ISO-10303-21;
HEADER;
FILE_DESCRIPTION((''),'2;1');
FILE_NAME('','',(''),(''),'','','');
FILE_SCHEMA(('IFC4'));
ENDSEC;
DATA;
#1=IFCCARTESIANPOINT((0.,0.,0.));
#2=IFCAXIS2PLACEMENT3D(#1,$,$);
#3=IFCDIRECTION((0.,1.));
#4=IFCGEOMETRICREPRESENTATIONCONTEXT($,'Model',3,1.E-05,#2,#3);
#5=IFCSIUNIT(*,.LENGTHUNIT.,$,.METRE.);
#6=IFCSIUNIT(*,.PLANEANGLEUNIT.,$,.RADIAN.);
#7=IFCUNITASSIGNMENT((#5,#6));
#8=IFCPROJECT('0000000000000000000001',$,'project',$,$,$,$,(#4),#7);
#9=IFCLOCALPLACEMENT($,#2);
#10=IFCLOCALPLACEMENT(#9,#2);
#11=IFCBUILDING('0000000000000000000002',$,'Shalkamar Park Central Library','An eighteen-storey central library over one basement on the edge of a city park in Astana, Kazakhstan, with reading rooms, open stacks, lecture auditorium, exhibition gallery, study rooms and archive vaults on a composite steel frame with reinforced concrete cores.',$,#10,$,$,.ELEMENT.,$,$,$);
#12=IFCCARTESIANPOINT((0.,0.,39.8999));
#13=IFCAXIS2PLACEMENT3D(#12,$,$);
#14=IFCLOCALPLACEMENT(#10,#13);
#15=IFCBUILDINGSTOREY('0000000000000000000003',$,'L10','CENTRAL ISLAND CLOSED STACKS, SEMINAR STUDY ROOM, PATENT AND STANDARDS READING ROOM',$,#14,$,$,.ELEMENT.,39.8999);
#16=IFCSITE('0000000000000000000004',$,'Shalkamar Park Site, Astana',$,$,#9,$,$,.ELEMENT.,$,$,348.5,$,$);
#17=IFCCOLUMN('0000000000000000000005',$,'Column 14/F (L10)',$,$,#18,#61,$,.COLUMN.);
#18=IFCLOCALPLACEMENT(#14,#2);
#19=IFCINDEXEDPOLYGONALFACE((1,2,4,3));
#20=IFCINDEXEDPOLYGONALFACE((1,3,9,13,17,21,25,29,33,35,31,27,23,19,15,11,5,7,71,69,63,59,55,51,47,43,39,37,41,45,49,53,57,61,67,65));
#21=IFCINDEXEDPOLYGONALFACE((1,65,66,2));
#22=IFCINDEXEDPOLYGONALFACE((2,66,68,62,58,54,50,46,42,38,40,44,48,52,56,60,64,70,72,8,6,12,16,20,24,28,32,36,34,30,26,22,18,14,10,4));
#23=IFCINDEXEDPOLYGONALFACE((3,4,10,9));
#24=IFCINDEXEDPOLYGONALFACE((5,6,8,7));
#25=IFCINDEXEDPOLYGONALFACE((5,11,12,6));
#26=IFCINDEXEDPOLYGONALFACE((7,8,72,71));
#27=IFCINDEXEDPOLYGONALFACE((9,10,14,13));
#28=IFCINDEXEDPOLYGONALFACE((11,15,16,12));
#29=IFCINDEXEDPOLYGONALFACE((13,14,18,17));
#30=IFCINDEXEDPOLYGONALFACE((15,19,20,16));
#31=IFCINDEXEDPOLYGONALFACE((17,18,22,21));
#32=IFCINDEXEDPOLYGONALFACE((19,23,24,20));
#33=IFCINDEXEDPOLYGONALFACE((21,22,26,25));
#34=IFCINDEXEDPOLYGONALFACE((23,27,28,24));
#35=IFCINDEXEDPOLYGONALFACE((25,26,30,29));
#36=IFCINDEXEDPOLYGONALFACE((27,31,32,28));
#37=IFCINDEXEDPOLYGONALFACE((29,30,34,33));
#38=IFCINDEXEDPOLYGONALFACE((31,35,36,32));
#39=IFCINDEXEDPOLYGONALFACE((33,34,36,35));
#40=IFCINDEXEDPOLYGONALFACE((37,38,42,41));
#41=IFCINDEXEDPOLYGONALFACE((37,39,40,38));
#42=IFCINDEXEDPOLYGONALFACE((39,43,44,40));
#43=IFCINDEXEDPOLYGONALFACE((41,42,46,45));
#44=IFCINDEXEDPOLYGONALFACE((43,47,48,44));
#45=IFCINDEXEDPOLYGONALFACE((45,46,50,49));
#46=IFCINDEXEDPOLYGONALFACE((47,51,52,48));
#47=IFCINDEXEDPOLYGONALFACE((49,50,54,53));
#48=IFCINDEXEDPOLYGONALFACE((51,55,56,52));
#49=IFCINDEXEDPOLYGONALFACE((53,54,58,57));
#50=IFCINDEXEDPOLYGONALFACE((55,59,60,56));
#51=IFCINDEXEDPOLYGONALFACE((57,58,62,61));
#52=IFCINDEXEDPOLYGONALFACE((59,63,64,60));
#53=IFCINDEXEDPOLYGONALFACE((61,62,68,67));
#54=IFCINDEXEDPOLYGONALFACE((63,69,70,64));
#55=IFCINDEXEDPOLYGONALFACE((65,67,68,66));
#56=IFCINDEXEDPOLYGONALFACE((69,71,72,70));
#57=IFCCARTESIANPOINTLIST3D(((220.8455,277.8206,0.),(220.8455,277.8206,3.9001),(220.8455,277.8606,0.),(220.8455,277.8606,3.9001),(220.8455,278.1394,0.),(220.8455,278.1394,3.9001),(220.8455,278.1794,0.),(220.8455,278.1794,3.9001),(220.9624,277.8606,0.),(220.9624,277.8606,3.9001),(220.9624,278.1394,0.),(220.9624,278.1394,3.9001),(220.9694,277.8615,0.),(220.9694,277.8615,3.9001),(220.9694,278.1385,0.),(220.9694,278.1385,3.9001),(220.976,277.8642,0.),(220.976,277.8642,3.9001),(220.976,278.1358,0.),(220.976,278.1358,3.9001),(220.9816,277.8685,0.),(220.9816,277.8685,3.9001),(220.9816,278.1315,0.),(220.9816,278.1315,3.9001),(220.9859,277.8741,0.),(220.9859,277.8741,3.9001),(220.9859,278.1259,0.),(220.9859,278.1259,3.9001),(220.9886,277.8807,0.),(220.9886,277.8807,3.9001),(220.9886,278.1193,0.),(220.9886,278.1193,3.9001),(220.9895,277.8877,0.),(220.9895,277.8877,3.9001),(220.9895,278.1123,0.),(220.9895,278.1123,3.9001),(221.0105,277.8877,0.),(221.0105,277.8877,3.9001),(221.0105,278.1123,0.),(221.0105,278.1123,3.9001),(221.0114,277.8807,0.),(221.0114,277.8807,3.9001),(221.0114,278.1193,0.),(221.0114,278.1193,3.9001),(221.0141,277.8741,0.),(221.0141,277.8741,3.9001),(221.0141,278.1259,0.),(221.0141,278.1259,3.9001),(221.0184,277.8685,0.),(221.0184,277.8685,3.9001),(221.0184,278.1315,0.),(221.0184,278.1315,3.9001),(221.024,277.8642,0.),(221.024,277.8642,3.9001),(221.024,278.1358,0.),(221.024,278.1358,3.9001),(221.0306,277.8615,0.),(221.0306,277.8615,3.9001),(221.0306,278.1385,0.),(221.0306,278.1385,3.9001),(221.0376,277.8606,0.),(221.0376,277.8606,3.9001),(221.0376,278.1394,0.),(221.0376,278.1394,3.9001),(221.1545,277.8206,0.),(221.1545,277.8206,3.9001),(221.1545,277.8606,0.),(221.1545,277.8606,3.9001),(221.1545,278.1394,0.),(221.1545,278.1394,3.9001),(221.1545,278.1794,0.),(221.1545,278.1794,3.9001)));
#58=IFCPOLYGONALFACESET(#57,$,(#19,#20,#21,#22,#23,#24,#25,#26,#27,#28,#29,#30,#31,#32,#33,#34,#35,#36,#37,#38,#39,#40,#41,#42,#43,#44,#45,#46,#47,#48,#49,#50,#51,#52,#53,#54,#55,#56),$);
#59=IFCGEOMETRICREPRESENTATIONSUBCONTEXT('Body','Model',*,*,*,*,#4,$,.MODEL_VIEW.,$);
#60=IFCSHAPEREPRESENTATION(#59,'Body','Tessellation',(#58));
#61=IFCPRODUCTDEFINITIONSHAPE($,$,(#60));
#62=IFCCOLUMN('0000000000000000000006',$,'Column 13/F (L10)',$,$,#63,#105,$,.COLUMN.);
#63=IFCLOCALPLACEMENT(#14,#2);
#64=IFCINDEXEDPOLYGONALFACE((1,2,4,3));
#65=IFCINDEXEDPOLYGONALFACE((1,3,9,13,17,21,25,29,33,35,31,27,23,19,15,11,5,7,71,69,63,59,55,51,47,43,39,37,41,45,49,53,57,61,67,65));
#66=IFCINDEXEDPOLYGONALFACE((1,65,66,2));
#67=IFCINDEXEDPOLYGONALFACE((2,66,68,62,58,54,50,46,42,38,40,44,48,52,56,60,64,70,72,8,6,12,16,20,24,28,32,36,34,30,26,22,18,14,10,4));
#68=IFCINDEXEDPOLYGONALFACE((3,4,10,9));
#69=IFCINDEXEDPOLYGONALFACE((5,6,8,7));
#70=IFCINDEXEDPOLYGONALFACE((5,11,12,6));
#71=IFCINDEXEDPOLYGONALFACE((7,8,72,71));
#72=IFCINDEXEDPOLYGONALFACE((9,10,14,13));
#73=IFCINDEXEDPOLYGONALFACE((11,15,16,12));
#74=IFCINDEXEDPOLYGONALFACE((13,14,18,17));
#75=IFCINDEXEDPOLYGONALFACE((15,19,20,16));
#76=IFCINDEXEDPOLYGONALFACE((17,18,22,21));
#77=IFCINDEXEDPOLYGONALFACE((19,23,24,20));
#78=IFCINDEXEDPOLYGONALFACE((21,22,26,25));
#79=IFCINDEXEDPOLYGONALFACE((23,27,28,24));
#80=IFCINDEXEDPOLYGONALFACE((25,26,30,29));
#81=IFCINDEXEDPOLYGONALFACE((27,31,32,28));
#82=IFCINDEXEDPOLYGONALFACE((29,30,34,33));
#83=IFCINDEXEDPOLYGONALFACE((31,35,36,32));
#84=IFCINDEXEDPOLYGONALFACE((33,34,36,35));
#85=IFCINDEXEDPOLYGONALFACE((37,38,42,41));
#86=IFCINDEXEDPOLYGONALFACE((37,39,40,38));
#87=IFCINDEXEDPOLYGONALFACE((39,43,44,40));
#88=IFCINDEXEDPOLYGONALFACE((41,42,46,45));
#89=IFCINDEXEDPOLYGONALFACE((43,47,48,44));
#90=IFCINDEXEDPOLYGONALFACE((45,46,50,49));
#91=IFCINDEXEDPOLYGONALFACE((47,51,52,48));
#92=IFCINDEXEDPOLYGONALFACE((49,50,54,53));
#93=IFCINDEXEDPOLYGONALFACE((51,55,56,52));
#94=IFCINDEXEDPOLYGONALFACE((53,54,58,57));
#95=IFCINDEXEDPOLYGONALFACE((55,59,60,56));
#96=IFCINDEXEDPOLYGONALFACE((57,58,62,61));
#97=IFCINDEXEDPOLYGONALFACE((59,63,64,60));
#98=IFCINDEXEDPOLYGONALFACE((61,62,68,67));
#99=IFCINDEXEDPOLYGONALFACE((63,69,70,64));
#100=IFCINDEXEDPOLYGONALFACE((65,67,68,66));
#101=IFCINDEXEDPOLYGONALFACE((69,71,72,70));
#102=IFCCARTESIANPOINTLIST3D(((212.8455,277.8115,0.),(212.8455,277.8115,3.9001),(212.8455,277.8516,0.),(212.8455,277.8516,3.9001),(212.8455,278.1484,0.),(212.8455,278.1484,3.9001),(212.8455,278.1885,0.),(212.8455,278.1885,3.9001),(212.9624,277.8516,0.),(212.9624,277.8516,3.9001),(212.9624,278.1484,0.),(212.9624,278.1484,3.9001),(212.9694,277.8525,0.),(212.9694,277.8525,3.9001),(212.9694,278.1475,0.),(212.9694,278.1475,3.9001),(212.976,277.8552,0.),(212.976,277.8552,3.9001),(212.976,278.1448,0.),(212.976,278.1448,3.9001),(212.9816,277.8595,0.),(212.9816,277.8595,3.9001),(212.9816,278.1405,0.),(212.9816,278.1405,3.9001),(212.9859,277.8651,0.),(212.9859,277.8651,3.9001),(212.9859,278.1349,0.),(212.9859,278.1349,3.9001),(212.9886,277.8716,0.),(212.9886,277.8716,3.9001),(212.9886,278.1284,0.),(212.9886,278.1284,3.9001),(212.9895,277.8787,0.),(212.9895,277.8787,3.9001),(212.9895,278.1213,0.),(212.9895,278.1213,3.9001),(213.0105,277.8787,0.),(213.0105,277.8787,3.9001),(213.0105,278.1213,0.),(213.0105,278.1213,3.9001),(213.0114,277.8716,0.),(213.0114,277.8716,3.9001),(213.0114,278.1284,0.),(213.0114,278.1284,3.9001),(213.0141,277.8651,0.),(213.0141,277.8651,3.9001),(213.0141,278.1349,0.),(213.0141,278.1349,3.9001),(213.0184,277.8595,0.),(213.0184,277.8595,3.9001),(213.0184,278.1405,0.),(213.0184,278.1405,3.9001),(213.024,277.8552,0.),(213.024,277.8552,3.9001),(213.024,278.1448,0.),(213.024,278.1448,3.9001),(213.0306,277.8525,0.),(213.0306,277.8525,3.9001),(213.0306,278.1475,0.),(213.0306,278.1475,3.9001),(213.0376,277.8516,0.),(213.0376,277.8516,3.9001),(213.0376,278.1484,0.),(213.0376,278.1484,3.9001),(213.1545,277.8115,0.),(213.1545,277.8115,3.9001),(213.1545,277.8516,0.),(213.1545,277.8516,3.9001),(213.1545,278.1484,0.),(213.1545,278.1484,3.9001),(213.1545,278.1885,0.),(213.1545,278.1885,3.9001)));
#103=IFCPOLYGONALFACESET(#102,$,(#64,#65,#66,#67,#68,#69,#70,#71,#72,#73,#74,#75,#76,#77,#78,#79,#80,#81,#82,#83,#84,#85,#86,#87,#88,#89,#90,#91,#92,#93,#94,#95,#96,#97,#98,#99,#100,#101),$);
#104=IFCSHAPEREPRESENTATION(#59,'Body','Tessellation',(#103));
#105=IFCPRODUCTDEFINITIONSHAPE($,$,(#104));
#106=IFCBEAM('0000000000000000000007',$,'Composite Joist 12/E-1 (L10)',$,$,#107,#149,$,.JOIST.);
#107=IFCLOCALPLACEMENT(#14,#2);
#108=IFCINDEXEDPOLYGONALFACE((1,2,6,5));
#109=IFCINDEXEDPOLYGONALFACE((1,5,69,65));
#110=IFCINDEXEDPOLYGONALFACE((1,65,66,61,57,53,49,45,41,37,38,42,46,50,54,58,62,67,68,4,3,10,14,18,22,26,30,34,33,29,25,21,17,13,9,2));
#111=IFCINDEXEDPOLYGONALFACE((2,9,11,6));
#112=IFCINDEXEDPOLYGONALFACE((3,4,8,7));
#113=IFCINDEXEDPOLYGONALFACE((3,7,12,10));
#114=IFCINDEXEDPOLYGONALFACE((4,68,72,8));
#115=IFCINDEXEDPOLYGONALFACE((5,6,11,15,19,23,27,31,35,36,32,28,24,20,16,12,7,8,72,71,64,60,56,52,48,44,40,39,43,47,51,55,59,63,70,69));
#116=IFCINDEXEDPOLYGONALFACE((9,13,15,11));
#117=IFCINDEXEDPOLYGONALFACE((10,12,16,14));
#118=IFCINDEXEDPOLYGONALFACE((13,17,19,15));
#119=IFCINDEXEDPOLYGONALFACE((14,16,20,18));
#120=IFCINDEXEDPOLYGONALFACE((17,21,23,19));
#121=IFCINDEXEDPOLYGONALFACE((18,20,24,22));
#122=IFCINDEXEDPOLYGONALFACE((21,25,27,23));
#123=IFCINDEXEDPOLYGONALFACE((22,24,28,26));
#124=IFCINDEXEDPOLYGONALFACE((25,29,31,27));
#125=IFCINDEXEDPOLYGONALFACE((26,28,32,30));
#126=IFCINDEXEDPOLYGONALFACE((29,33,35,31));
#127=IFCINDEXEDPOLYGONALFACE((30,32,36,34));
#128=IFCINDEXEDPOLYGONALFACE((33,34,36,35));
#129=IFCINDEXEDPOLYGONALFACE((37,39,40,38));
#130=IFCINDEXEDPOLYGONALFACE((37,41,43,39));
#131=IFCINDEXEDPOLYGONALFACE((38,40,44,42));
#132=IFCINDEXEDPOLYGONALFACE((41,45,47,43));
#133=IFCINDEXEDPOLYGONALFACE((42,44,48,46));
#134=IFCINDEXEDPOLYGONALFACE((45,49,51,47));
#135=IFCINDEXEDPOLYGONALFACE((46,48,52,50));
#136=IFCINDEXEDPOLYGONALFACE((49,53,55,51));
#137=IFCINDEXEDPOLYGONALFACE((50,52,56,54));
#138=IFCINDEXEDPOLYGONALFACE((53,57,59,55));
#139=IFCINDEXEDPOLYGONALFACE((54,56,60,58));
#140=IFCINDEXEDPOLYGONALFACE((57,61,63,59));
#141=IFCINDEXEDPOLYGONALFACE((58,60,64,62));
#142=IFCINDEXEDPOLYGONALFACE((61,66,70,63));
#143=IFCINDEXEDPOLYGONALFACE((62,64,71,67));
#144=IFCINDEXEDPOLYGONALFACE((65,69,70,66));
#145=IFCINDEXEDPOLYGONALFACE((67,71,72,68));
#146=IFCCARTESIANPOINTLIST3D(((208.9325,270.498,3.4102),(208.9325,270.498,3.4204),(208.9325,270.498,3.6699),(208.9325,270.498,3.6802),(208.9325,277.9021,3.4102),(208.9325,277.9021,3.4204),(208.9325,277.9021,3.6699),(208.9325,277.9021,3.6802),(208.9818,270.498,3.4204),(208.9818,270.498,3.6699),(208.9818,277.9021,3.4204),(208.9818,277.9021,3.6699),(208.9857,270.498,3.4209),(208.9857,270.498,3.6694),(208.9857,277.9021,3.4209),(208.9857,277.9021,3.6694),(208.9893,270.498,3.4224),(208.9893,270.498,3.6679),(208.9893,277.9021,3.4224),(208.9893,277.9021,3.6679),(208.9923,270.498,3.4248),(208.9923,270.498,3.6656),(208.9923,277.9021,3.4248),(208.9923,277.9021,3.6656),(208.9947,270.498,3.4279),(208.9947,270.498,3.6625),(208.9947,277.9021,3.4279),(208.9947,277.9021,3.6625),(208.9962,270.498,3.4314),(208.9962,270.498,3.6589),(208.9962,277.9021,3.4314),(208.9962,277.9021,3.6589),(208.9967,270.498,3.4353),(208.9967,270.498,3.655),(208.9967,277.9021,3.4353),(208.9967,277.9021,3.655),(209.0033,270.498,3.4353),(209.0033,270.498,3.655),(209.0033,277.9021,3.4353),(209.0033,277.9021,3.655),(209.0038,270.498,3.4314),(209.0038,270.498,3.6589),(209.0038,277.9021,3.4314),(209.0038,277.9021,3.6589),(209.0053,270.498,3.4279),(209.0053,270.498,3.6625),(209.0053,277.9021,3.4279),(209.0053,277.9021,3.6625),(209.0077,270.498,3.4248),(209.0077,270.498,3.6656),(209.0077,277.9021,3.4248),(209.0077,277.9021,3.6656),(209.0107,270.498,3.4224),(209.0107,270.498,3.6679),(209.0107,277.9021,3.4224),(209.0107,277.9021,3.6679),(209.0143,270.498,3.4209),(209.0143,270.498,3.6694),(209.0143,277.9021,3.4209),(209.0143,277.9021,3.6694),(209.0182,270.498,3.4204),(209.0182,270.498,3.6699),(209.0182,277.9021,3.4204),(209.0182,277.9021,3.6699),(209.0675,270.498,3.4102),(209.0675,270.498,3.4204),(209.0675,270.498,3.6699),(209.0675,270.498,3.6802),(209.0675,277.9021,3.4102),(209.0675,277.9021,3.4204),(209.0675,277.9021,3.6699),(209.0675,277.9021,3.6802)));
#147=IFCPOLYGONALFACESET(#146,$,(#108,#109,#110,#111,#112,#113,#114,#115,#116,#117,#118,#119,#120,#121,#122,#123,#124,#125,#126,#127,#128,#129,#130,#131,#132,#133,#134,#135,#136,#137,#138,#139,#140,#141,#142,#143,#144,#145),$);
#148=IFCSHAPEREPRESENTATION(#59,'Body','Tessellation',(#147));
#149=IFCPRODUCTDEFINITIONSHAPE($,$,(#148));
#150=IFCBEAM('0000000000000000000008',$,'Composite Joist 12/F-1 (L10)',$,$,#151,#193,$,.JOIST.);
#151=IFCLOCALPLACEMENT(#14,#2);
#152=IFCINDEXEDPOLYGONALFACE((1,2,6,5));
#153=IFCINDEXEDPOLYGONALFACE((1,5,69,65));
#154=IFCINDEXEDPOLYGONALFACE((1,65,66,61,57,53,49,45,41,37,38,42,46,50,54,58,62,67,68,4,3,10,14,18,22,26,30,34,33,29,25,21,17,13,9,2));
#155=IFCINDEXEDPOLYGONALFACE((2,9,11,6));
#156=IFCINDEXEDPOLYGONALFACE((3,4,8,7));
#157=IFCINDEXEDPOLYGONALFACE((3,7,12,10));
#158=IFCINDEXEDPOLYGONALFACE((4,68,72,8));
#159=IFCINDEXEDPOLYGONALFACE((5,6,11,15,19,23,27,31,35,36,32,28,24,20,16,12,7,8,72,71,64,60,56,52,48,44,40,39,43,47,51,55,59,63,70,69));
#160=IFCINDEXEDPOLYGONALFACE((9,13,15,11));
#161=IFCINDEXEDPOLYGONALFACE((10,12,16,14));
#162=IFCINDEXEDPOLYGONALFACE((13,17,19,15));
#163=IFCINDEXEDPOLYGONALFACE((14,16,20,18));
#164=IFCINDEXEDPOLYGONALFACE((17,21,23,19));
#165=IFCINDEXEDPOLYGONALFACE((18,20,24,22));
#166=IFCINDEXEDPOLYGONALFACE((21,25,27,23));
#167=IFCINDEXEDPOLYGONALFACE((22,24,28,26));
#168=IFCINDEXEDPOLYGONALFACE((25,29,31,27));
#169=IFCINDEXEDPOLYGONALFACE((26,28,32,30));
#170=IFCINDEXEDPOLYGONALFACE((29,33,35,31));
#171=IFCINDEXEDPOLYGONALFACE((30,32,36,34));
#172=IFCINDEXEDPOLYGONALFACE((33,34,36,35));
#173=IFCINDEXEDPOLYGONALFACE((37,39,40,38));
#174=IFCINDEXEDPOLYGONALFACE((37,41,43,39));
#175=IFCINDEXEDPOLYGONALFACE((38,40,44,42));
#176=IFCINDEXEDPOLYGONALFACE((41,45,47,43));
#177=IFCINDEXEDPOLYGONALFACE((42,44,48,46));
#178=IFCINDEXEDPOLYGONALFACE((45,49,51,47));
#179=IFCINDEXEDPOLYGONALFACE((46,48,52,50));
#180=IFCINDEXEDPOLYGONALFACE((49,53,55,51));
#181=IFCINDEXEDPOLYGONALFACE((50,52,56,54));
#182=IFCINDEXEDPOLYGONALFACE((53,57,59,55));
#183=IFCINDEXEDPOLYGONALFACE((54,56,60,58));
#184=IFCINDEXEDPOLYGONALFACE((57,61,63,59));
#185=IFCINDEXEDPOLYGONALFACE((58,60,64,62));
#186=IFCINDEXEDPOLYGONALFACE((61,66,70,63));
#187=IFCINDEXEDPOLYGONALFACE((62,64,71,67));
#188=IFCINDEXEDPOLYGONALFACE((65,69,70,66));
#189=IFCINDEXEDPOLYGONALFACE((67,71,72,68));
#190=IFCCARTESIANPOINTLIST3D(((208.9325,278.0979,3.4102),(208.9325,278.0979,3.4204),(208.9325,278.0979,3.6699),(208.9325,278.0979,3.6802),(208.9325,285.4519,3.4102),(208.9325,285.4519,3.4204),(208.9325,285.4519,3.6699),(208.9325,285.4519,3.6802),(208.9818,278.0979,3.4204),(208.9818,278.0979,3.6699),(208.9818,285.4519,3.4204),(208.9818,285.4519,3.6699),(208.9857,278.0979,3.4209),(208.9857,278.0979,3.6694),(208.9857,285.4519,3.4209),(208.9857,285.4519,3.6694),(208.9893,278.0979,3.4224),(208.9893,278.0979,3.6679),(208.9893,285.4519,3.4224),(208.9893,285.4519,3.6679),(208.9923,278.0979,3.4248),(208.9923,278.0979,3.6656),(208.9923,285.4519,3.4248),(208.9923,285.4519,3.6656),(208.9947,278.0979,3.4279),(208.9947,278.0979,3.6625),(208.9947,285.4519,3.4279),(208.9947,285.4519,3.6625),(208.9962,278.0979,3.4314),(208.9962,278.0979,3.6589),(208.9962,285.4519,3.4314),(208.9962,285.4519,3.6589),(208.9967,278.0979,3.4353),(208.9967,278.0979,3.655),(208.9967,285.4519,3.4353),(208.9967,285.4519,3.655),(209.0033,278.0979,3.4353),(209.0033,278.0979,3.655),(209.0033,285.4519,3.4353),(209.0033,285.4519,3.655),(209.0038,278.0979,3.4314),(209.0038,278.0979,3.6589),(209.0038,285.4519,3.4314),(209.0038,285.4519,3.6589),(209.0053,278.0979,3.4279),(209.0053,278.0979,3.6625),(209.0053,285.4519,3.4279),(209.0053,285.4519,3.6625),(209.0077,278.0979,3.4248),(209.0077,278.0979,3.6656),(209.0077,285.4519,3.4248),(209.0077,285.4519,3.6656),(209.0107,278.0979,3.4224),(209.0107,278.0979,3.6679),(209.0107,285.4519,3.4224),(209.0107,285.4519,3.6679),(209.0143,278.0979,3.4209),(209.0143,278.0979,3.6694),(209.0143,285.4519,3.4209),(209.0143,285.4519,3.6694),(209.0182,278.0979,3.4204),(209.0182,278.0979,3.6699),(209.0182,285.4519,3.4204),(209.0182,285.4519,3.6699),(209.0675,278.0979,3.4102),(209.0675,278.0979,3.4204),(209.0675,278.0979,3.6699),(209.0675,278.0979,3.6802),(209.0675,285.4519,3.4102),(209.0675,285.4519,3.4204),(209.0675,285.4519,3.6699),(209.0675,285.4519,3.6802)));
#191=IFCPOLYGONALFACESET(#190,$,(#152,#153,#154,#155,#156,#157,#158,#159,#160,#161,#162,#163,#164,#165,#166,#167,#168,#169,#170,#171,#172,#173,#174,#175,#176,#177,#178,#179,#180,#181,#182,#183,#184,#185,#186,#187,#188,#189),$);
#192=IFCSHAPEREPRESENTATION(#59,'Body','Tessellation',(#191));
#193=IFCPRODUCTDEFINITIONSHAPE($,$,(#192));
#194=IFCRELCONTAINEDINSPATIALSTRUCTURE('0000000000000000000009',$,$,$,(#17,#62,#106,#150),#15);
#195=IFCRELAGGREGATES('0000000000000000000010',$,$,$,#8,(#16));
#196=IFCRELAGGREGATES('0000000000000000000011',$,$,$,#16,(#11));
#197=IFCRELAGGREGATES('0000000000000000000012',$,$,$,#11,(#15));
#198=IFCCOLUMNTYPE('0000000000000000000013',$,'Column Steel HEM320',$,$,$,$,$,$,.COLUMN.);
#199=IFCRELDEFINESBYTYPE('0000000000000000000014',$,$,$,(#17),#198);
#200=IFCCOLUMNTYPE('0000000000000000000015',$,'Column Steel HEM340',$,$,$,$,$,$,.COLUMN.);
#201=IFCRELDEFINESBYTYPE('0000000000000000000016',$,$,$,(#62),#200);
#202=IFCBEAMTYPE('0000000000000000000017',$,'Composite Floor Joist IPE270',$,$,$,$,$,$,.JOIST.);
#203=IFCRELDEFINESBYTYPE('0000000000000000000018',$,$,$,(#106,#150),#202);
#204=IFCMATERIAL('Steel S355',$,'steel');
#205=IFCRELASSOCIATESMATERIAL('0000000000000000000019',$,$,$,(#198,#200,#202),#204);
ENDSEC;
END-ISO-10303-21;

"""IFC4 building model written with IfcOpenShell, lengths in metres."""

from ifc_helpers import new_model, si_unit, direction, frame, origin, origin_2d, place, context, subcontext, project, spatial, i_section, extrude, material, material_profile, profile_set, type_object, element, save


model = new_model("IFC4")

# Units and contexts
model_context = context("Model", 3, precision=1e-05, world=origin(), true_north=direction((0.0, 1.0)))
body_context = subcontext(model_context, "Body", "Model", "MODEL_VIEW")
ifc_project = project(units=[si_unit("LENGTHUNIT", "METRE"), si_unit("PLANEANGLEUNIT", "RADIAN")], contexts=[model_context])

# Site, building, storey
site_placement = place(None, origin())
site = spatial("IfcSite", under=ifc_project, at=site_placement, Name="Shalkamar Park Site, Astana", CompositionType="ELEMENT", RefElevation=348.5)
building_placement = place(site_placement, origin())
building = spatial("IfcBuilding", under=site, at=building_placement, Name="Shalkamar Park Central Library", Description="An eighteen-storey central library over one basement on the edge of a city park in Astana, Kazakhstan, with reading rooms, open stacks, lecture auditorium, exhibition gallery, study rooms and archive vaults on a composite steel frame with reinforced concrete cores.", CompositionType="ELEMENT")
storey_placement = place(building_placement, frame((0.0, 0.0, 39.8999)))
storey = spatial("IfcBuildingStorey", under=building, at=storey_placement, Name="L10", Description="CENTRAL ISLAND CLOSED STACKS, SEMINAR STUDY ROOM, PATENT AND STANDARDS READING ROOM", CompositionType="ELEMENT", Elevation=39.8999)

# Columns
ifc_material_1 = material(Name="Steel S355", Category="steel")
ifc_material_profile_1 = material_profile(ifc_material_1, i_section(OverallWidth=0.3091, OverallDepth=0.3589, WebThickness=0.021, FlangeThickness=0.04, FilletRadius=0.0271, at=origin_2d()), Name="HEM 320")
ifc_profile_set_1 = profile_set([ifc_material_profile_1], Name="Steel S355")
column_type_1 = type_object("IfcColumnType", Name="Column Steel HEM320", PredefinedType="COLUMN", material=ifc_profile_set_1)
column_1_placement = place(storey_placement, frame((221.0, 278.0, 0.0), z_axis=(0.0, 0.0, 1.0), x_axis=(1.0, 0.0, 0.0)))
element("IfcColumn", 1, at=column_1_placement, inside=storey, type_object=column_type_1, Name="Column 14/F (L10)", PredefinedType="COLUMN", context=body_context, shape_type="SweptSolid", body=[
    extrude(i_section(OverallWidth=0.3091, OverallDepth=0.3589, WebThickness=0.021, FlangeThickness=0.04, FilletRadius=0.0271, at=origin_2d()), origin(), (0.0, 0.0, 1.0), 3.9001),
])
ifc_material_profile_2 = material_profile(ifc_material_1, i_section(OverallWidth=0.3091, OverallDepth=0.377, WebThickness=0.021, FlangeThickness=0.04, FilletRadius=0.0271, at=origin_2d()), Name="HEM 340")
ifc_profile_set_2 = profile_set([ifc_material_profile_2], Name="Steel S355")
column_type_2 = type_object("IfcColumnType", Name="Column Steel HEM340", PredefinedType="COLUMN", material=ifc_profile_set_2)
column_2_placement = place(storey_placement, frame((213.0, 278.0, 0.0), z_axis=(0.0, 0.0, 1.0), x_axis=(1.0, 0.0, 0.0)))
element("IfcColumn", 2, at=column_2_placement, inside=storey, type_object=column_type_2, Name="Column 13/F (L10)", PredefinedType="COLUMN", context=body_context, shape_type="SweptSolid", body=[
    extrude(i_section(OverallWidth=0.3091, OverallDepth=0.377, WebThickness=0.021, FlangeThickness=0.04, FilletRadius=0.0271, at=origin_2d()), origin(), (0.0, 0.0, 1.0), 3.9001),
])

# Beams
ifc_material_profile_3 = material_profile(ifc_material_1, i_section(OverallWidth=0.135, OverallDepth=0.27, WebThickness=0.0066, FlangeThickness=0.0103, FilletRadius=0.0149, at=origin_2d()), Name="IPE 270")
ifc_profile_set_3 = profile_set([ifc_material_profile_3], Name="Steel S355")
beam_type_1 = type_object("IfcBeamType", Name="Composite Floor Joist IPE270", PredefinedType="JOIST", material=ifc_profile_set_3)
beam_1_placement = place(storey_placement, frame((209.0, 270.498, 3.5452), z_axis=(0.0, 1.0, 0.0), x_axis=(-1.0, 0.0, 0.0)))
element("IfcBeam", 3, at=beam_1_placement, inside=storey, type_object=beam_type_1, Name="Composite Joist 12/E-1 (L10)", PredefinedType="JOIST", context=body_context, shape_type="SweptSolid", body=[
    extrude(i_section(OverallWidth=0.135, OverallDepth=0.27, WebThickness=0.0066, FlangeThickness=0.0103, FilletRadius=0.0149, at=origin_2d()), origin(), (0.0, 0.0, 1.0), 7.4041),
])
beam_2_placement = place(storey_placement, frame((209.0, 278.0979, 3.5452), z_axis=(0.0, 1.0, 0.0), x_axis=(-1.0, 0.0, 0.0)))
element("IfcBeam", 4, at=beam_2_placement, inside=storey, type_object=beam_type_1, Name="Composite Joist 12/F-1 (L10)", PredefinedType="JOIST", context=body_context, shape_type="SweptSolid", body=[
    extrude(i_section(OverallWidth=0.135, OverallDepth=0.27, WebThickness=0.0066, FlangeThickness=0.0103, FilletRadius=0.0149, at=origin_2d()), origin(), (0.0, 0.0, 1.0), 7.354),
])

save(model, "model.ifc")
